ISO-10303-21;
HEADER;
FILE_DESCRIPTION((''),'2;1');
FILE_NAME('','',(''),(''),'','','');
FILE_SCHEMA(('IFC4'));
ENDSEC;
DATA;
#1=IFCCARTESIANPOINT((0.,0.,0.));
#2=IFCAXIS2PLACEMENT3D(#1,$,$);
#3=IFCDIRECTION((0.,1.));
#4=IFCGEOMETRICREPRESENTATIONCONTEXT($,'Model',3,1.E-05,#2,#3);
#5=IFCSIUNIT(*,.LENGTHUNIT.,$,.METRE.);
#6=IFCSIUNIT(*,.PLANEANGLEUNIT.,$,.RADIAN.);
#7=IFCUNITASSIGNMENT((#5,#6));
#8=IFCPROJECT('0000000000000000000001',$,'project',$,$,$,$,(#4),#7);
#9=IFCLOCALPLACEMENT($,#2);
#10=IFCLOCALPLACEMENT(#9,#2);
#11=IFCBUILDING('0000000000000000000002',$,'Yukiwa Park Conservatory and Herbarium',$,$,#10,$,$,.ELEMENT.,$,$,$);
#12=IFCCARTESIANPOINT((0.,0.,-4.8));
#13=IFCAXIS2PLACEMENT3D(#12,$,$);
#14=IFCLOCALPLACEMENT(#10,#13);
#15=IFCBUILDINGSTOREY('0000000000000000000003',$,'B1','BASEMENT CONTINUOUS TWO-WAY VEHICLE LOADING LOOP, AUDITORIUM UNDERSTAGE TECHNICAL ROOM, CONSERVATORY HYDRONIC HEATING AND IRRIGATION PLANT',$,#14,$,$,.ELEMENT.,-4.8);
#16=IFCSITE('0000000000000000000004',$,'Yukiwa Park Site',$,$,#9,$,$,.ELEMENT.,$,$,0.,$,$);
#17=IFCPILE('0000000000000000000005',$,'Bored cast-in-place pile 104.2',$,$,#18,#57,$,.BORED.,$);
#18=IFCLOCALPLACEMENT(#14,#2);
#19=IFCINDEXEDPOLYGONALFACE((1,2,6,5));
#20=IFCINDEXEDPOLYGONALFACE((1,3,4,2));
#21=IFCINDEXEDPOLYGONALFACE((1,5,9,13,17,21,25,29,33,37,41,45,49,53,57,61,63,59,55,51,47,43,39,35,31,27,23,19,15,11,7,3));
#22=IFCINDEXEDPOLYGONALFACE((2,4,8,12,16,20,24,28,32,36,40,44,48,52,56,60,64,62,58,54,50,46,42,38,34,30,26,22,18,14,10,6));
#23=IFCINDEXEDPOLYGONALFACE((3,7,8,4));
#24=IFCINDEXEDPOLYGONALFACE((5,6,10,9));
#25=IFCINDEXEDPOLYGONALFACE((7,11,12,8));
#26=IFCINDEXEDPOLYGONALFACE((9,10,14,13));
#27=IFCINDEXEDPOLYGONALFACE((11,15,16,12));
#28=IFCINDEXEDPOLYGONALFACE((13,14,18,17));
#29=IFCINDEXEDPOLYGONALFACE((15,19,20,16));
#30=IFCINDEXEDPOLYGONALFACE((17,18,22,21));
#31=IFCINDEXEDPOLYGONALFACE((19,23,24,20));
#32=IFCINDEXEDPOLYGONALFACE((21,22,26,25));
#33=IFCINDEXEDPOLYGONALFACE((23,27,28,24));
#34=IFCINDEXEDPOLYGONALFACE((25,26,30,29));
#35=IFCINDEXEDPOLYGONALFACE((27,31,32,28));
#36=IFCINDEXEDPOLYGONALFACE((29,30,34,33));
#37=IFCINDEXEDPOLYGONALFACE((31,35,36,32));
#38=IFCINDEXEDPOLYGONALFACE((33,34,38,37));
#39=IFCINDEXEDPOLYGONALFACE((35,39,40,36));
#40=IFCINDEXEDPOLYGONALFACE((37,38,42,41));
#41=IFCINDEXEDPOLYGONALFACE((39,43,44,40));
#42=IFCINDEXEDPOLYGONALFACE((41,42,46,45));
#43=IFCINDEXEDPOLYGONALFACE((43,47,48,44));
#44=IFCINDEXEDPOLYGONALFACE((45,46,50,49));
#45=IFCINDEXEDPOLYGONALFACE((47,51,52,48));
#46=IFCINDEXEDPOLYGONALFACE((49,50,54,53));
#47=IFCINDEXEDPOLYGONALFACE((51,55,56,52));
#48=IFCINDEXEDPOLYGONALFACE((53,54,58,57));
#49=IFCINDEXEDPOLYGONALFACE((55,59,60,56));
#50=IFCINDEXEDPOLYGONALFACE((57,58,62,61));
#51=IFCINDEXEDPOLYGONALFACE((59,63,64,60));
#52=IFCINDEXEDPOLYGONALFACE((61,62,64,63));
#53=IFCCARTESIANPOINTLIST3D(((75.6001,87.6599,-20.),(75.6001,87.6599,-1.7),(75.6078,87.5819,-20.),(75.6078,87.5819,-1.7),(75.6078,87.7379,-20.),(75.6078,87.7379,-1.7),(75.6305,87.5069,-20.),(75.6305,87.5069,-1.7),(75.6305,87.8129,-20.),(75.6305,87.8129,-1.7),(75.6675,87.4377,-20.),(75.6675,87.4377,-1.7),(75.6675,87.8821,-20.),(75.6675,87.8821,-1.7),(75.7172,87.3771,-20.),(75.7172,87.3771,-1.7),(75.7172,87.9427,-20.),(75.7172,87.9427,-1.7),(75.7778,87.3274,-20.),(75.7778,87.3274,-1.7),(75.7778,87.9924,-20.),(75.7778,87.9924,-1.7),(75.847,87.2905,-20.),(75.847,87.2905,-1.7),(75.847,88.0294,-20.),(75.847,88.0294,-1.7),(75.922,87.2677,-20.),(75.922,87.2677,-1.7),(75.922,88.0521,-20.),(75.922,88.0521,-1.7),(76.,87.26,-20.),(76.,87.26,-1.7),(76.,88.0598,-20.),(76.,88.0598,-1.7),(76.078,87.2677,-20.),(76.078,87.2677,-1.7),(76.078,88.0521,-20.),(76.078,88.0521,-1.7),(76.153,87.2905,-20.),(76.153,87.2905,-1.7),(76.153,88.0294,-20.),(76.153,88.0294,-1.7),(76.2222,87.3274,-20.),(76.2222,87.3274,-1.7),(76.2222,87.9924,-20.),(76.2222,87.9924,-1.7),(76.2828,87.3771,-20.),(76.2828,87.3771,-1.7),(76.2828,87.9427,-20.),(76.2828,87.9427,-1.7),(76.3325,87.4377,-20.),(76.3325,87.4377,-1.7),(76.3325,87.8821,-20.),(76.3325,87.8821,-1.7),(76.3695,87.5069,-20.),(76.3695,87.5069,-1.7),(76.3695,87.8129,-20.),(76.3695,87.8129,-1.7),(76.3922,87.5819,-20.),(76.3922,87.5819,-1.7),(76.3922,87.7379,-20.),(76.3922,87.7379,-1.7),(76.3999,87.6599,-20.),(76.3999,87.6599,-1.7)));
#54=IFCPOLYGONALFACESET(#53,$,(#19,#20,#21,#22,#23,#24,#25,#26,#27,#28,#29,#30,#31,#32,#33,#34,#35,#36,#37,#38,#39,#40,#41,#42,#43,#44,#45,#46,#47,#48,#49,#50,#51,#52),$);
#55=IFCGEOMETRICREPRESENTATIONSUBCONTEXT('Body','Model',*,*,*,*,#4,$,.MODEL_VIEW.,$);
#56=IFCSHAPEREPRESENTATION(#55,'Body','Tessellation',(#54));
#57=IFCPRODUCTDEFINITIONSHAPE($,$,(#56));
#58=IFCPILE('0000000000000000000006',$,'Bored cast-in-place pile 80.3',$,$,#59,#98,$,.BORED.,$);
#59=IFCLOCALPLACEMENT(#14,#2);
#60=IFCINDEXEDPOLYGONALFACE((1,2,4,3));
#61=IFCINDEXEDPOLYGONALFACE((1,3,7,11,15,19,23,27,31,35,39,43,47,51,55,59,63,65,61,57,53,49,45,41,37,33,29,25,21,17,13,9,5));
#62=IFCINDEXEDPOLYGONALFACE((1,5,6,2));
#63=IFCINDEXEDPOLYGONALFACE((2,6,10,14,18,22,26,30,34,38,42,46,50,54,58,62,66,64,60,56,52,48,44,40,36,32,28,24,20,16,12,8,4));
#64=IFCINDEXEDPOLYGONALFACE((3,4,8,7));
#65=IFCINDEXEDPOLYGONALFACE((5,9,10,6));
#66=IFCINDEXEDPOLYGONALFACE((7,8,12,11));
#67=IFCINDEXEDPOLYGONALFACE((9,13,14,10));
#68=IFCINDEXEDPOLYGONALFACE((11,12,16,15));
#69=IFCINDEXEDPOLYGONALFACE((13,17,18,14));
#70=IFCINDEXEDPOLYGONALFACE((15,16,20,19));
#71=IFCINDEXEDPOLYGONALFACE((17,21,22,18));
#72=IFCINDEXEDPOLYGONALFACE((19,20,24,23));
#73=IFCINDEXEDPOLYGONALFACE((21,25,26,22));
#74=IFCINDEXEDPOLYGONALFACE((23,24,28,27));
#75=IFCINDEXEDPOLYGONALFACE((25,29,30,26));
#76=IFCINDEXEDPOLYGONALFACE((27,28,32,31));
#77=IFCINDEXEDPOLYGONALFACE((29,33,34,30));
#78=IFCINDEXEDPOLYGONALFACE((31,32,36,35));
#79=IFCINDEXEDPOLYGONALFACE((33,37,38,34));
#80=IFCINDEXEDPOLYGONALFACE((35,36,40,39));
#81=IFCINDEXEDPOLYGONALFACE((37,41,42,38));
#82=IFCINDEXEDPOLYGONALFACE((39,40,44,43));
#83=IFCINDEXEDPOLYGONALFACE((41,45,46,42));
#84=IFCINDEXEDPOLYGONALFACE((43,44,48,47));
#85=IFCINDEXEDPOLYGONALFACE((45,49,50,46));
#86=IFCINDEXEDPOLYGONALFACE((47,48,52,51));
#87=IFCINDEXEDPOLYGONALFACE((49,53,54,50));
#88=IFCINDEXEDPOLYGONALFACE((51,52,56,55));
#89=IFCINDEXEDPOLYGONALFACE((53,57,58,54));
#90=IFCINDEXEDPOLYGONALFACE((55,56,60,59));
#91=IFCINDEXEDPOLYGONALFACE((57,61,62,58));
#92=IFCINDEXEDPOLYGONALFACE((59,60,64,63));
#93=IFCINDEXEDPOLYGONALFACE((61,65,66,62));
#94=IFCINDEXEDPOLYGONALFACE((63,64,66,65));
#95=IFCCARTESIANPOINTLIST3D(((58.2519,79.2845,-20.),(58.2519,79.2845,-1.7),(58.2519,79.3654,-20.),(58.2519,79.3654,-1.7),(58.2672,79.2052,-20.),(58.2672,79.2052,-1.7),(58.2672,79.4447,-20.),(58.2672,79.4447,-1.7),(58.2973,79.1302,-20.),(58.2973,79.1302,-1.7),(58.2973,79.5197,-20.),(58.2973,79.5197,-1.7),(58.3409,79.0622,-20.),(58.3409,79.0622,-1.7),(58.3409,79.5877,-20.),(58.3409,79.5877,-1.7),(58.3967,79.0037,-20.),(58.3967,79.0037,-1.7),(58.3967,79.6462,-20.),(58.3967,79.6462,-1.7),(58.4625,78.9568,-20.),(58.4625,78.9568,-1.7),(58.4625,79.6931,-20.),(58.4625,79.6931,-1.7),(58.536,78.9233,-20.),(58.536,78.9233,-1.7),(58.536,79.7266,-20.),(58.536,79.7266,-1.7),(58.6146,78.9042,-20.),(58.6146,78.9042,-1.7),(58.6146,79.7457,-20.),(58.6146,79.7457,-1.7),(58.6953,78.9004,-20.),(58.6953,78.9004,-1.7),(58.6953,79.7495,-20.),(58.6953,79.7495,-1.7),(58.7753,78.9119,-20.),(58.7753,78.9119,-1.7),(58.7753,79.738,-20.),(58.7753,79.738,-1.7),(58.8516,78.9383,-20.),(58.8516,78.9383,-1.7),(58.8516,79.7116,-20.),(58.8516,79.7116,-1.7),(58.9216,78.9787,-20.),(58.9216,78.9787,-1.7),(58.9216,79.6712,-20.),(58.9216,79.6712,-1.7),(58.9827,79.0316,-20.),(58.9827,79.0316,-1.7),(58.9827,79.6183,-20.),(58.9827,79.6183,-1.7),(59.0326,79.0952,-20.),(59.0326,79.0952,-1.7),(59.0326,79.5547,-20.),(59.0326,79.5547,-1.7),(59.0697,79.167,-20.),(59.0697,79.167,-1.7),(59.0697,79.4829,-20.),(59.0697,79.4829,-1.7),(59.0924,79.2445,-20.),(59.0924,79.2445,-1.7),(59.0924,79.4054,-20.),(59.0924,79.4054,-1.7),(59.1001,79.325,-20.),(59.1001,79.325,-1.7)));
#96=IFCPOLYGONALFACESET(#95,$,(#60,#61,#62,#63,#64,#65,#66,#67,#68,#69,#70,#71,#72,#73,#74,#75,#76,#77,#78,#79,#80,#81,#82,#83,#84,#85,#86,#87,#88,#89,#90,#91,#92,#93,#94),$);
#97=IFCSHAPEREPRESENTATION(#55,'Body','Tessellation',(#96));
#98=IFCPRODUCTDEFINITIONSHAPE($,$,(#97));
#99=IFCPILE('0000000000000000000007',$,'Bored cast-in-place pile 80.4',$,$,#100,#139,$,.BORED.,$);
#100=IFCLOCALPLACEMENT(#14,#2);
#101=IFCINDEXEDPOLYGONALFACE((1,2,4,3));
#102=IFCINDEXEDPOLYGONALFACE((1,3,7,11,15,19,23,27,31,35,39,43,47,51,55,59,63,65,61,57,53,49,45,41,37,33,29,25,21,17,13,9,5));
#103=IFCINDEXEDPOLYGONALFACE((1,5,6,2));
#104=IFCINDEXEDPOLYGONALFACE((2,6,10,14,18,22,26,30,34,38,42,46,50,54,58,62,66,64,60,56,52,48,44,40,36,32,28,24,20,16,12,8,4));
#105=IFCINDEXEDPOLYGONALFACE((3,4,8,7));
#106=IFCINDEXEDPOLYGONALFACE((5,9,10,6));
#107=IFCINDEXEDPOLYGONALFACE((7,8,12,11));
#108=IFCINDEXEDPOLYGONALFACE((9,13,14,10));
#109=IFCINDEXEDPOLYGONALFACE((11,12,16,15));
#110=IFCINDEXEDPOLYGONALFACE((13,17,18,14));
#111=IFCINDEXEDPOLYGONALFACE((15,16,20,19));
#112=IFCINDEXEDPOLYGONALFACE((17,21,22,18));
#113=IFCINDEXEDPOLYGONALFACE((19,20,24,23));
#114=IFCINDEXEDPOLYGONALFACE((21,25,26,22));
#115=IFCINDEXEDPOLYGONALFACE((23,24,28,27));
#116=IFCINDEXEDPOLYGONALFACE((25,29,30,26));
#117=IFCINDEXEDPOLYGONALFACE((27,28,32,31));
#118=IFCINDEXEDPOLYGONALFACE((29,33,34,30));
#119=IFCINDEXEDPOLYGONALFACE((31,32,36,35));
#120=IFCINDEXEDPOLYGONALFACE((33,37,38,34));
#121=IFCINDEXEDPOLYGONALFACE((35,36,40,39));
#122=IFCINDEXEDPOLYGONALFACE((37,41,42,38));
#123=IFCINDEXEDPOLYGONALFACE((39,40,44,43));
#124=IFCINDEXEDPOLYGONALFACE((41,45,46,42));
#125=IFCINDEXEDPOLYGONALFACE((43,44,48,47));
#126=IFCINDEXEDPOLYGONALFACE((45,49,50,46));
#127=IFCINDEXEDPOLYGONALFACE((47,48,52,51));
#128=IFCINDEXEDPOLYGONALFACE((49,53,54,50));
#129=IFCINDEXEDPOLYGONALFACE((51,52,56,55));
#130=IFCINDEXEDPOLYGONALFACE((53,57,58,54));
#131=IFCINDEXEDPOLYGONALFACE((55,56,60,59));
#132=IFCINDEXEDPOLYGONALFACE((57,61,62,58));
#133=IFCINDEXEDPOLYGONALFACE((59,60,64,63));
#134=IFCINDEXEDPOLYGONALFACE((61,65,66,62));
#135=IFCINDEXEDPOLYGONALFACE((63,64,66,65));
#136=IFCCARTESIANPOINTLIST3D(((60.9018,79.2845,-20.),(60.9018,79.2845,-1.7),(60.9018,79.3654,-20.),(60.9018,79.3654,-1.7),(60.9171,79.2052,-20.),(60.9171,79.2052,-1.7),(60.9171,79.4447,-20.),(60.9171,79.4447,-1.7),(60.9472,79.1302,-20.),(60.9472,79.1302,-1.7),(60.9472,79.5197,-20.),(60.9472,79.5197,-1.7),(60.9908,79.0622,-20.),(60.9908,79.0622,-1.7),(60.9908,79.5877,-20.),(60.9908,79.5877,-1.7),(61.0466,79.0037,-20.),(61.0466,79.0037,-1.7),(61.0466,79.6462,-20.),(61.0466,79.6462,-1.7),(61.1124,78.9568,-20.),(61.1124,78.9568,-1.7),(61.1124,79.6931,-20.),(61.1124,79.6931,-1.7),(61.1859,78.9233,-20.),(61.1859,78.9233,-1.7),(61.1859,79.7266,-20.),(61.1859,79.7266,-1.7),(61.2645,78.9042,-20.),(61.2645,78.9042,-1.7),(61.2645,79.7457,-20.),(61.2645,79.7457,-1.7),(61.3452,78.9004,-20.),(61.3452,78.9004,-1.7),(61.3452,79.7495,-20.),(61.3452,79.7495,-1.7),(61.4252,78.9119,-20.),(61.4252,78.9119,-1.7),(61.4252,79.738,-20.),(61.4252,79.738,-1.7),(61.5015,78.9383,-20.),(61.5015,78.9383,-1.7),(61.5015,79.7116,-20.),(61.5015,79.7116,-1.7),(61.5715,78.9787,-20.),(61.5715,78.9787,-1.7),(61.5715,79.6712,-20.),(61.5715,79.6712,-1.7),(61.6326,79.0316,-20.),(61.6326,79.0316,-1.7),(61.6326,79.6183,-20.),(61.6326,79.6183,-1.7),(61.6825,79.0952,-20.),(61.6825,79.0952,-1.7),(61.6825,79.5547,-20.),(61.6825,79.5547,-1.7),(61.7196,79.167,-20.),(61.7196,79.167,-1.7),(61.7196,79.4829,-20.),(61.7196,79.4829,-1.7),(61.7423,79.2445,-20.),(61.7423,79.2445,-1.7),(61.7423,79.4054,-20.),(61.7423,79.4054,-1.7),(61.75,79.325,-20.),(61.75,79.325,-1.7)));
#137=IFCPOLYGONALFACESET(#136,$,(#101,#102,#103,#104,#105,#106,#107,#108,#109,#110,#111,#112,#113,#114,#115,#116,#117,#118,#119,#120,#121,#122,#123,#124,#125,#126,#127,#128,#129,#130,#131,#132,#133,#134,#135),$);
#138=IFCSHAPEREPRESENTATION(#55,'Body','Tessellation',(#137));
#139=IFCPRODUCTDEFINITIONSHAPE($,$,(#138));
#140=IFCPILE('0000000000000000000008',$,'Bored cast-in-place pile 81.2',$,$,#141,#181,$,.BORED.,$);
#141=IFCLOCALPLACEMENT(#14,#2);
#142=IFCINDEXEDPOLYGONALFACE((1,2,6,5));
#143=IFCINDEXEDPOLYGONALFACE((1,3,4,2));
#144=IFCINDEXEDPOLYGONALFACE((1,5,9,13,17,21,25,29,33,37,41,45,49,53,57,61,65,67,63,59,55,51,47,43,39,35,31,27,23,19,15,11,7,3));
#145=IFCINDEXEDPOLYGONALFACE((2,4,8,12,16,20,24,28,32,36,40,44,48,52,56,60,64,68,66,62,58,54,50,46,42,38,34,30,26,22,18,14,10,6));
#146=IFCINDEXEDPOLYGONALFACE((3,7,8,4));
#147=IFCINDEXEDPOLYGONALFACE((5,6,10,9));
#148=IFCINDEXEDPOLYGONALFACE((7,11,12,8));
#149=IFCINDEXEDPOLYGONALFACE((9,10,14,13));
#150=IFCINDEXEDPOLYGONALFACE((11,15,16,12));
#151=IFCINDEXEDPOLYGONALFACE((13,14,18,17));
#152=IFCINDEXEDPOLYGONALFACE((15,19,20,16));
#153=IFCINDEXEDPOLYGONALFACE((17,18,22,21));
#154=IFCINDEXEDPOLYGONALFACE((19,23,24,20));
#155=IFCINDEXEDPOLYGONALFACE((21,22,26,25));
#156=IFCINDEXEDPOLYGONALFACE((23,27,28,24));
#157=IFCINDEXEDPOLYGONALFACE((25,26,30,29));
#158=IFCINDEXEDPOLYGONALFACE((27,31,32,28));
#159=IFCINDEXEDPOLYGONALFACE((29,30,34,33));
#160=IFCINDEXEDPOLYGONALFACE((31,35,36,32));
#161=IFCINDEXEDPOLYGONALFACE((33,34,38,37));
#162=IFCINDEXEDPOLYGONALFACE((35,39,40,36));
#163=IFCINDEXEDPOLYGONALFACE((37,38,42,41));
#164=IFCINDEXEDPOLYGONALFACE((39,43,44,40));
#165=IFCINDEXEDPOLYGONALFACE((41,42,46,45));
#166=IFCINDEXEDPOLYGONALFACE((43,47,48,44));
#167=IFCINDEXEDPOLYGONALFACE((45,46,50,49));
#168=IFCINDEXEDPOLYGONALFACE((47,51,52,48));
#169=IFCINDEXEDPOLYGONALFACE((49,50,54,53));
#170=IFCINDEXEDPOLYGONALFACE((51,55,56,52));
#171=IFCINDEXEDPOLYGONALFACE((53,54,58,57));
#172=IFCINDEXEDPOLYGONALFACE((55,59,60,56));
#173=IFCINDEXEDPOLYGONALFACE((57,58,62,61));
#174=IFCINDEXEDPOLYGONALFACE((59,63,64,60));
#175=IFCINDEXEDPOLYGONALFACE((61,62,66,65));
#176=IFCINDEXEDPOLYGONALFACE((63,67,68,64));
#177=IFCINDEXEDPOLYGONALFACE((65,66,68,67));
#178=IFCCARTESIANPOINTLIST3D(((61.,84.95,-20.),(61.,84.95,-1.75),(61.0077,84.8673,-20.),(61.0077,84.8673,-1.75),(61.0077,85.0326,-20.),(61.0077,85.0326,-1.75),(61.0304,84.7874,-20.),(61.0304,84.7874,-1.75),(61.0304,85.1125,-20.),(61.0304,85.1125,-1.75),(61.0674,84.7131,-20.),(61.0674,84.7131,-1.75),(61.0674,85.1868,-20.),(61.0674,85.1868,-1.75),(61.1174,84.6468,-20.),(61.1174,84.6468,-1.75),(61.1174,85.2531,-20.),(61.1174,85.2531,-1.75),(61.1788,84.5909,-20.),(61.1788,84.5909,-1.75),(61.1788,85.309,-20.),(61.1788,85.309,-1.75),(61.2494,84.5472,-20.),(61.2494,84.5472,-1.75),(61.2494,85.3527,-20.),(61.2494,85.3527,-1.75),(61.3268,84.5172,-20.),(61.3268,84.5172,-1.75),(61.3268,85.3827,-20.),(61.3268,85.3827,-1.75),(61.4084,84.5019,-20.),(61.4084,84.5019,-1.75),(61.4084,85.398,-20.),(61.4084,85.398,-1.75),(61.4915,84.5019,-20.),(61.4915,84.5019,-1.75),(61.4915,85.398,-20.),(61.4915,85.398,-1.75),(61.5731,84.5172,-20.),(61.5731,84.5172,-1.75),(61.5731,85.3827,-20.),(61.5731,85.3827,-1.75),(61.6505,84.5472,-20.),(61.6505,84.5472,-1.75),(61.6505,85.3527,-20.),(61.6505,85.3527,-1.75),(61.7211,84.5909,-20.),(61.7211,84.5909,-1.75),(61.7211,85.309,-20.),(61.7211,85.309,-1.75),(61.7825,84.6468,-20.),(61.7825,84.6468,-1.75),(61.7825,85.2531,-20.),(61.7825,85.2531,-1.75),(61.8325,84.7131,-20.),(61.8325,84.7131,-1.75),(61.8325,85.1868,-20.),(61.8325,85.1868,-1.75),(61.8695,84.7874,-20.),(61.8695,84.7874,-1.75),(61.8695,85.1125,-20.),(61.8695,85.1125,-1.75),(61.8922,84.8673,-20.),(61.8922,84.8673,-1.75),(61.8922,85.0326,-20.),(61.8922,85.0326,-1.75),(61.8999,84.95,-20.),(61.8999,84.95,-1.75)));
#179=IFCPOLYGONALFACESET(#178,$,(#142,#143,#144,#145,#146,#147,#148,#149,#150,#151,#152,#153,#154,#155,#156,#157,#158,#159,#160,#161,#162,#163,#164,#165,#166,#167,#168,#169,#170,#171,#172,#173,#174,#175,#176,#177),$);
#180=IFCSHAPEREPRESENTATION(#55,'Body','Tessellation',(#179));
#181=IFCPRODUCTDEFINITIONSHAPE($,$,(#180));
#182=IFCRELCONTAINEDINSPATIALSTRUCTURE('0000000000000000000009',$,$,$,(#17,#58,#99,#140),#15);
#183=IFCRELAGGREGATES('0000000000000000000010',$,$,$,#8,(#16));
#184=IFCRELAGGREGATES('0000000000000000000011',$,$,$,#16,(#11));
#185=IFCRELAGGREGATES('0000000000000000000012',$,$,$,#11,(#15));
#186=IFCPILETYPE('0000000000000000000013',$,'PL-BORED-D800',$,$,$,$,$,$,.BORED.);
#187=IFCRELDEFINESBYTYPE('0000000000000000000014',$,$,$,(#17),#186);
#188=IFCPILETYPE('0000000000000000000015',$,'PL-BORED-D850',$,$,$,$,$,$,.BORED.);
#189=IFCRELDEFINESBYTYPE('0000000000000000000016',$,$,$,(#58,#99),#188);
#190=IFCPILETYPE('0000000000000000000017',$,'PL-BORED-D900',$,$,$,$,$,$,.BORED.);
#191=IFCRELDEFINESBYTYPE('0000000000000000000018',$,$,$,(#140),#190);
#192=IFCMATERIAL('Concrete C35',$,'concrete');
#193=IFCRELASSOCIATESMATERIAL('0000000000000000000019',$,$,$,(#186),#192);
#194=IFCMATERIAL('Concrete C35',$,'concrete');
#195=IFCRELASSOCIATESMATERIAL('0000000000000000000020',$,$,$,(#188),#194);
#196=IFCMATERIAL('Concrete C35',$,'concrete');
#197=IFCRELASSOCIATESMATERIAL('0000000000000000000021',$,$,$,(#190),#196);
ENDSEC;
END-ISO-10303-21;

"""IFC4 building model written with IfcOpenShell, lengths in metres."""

from ifc_helpers import new_model, si_unit, direction, frame, origin, origin_2d, place, context, subcontext, project, spatial, circle, extrude, material, material_profile, profile_set, type_object, element, save


model = new_model("IFC4")

# Units and contexts
model_context = context("Model", 3, precision=1e-05, world=origin(), true_north=direction((0.0, 1.0)))
body_context = subcontext(model_context, "Body", "Model", "MODEL_VIEW")
ifc_project = project(units=[si_unit("LENGTHUNIT", "METRE"), si_unit("PLANEANGLEUNIT", "RADIAN")], contexts=[model_context])

# Site, building, storey
site_placement = place(None, origin())
site = spatial("IfcSite", under=ifc_project, at=site_placement, Name="Yukiwa Park Site", CompositionType="ELEMENT", RefElevation=0.0)
building_placement = place(site_placement, origin())
building = spatial("IfcBuilding", under=site, at=building_placement, Name="Yukiwa Park Conservatory and Herbarium", CompositionType="ELEMENT")
storey_placement = place(building_placement, frame((0.0, 0.0, -4.8)))
storey = spatial("IfcBuildingStorey", under=building, at=storey_placement, Name="B1", Description="BASEMENT CONTINUOUS TWO-WAY VEHICLE LOADING LOOP, AUDITORIUM UNDERSTAGE TECHNICAL ROOM, CONSERVATORY HYDRONIC HEATING AND IRRIGATION PLANT", CompositionType="ELEMENT", Elevation=-4.8)

# Piles
ifc_material_1 = material(Name="Concrete C35", Category="concrete")
ifc_material_profile_1 = material_profile(ifc_material_1, circle(Radius=0.3999, at=origin_2d()), Name="PILE D800")
ifc_profile_set_1 = profile_set([ifc_material_profile_1], Name="Concrete C35")
pile_type_1 = type_object("IfcPileType", Name="PL-BORED-D800", PredefinedType="BORED", material=ifc_profile_set_1)
for number, where, z_axis, x_axis, name in (
    (1, (76.0, 87.6599, -1.7), (0.0, 0.0, -1.0), (1.0, 0.0, 0.0), "Bored cast-in-place pile 104.2"),
):
    element("IfcPile", number, at=place(storey_placement, frame(where, z_axis=z_axis, x_axis=x_axis)), inside=storey, type_object=pile_type_1, Name=name, PredefinedType="BORED", context=body_context, shape_type="SweptSolid", body=[
        extrude(circle(Radius=0.3999, at=origin_2d()), origin(), (0.0, 0.0, 1.0), 18.3),
    ])
ifc_material_2 = material(Name="Concrete C35", Category="concrete")
ifc_material_profile_2 = material_profile(ifc_material_2, circle(Radius=0.425, at=origin_2d()), Name="PILE D850")
ifc_profile_set_2 = profile_set([ifc_material_profile_2], Name="Concrete C35")
pile_type_2 = type_object("IfcPileType", Name="PL-BORED-D850", PredefinedType="BORED", material=ifc_profile_set_2)
for number, where, z_axis, x_axis, name in (
    (2, (58.675, 79.325, -1.7), (0.0, 0.0, -1.0), (1.0, 0.0, 0.0), "Bored cast-in-place pile 80.3"),
    (3, (61.325, 79.325, -1.7), (0.0, 0.0, -1.0), (1.0, 0.0, 0.0), "Bored cast-in-place pile 80.4"),
):
    element("IfcPile", number, at=place(storey_placement, frame(where, z_axis=z_axis, x_axis=x_axis)), inside=storey, type_object=pile_type_2, Name=name, PredefinedType="BORED", context=body_context, shape_type="SweptSolid", body=[
        extrude(circle(Radius=0.425, at=origin_2d()), origin(), (0.0, 0.0, 1.0), 18.3),
    ])
ifc_material_3 = material(Name="Concrete C35", Category="concrete")
ifc_material_profile_3 = material_profile(ifc_material_3, circle(Radius=0.45, at=origin_2d()), Name="PILE D900")
ifc_profile_set_3 = profile_set([ifc_material_profile_3], Name="Concrete C35")
pile_type_3 = type_object("IfcPileType", Name="PL-BORED-D900", PredefinedType="BORED", material=ifc_profile_set_3)
for number, where, z_axis, x_axis, name in (
    (4, (61.45, 84.95, -1.75), (0.0, 0.0, -1.0), (1.0, 0.0, 0.0), "Bored cast-in-place pile 81.2"),
):
    element("IfcPile", number, at=place(storey_placement, frame(where, z_axis=z_axis, x_axis=x_axis)), inside=storey, type_object=pile_type_3, Name=name, PredefinedType="BORED", context=body_context, shape_type="SweptSolid", body=[
        extrude(circle(Radius=0.45, at=origin_2d()), origin(), (0.0, 0.0, 1.0), 18.25),
    ])

save(model, "model.ifc")
